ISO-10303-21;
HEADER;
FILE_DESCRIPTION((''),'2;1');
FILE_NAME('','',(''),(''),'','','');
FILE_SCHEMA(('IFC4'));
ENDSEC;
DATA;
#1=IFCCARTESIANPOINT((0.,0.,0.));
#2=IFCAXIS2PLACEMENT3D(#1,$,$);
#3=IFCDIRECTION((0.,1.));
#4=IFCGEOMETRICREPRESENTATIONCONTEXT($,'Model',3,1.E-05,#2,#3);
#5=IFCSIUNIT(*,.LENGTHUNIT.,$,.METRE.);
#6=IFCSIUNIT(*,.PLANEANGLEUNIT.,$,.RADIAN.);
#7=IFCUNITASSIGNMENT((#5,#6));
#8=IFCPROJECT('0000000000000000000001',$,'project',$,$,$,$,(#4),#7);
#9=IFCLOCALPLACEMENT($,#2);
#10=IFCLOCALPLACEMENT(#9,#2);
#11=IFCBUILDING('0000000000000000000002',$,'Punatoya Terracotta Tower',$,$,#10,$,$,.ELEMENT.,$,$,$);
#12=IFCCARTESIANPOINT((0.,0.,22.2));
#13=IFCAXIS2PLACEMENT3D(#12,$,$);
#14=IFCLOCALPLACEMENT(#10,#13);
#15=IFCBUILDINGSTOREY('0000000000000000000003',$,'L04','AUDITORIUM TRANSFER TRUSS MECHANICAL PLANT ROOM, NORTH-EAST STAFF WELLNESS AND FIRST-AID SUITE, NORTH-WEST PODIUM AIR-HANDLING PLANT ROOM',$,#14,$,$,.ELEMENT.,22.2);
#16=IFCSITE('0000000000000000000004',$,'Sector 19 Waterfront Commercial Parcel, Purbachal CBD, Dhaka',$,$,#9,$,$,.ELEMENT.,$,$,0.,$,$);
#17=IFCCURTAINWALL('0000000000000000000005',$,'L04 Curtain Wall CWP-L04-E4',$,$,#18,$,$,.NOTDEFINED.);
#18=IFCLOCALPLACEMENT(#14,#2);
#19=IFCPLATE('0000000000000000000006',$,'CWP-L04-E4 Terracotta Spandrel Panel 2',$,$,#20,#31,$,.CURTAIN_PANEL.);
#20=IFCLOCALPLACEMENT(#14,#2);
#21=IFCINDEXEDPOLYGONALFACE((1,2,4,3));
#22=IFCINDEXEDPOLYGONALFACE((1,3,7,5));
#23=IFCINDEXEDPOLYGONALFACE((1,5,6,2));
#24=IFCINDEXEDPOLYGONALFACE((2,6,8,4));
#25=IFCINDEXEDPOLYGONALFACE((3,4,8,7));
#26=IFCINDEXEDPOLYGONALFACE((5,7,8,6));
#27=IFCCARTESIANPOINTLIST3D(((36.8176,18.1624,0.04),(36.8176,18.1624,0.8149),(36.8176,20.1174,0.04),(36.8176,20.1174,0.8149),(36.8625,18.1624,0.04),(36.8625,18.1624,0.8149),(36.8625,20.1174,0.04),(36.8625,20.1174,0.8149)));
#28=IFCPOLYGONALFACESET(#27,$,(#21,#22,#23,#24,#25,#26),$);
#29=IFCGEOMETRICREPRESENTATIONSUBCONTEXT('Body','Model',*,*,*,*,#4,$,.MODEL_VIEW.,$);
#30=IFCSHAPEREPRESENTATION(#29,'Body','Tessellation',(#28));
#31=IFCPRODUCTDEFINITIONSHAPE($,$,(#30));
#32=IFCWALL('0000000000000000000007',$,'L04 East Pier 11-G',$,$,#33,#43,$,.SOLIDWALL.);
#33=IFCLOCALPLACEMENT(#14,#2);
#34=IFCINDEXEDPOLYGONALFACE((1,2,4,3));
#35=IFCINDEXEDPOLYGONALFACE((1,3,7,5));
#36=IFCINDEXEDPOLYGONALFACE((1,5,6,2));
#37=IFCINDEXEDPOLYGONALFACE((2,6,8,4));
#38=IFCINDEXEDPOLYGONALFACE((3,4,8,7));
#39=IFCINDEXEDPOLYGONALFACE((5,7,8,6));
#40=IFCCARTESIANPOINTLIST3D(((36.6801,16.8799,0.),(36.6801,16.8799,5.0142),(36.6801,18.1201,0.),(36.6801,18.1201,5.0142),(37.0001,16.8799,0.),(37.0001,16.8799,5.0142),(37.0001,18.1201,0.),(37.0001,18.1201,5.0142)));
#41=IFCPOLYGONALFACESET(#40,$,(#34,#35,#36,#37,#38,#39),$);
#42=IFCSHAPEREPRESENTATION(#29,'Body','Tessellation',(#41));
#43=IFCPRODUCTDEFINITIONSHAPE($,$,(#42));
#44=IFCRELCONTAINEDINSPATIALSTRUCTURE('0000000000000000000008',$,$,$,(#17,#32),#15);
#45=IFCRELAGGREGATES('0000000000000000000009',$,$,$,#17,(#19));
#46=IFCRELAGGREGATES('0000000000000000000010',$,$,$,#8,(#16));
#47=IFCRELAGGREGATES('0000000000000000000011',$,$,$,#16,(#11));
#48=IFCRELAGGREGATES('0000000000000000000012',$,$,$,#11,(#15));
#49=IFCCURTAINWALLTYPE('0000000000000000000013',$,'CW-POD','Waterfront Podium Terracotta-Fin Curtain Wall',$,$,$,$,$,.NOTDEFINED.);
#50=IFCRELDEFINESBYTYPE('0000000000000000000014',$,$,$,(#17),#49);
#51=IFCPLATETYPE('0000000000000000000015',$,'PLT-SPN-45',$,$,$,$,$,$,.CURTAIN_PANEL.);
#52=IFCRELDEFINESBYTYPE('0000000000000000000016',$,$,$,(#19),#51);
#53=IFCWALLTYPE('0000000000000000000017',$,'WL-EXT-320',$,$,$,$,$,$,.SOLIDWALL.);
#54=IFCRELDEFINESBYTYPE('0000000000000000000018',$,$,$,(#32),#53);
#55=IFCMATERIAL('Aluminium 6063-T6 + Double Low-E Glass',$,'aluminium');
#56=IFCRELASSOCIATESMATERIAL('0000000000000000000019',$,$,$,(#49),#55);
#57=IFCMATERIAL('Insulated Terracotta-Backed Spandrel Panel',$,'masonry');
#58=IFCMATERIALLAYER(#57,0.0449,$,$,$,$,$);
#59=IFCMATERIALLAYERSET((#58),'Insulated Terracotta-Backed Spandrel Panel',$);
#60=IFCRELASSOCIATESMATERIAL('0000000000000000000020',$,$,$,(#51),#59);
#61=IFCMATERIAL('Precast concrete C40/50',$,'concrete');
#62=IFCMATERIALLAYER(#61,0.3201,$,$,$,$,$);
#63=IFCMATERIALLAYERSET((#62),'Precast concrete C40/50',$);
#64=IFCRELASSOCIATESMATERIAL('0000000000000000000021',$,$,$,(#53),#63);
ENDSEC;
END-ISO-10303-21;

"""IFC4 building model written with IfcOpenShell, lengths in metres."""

from ifc_helpers import new_model, si_unit, direction, frame, frame_2d, origin, origin_2d, place, context, subcontext, project, spatial, rectangle, extrude, material, layer, layer_set, type_object, element, aggregate, save


model = new_model("IFC4")

# Units and contexts
model_context = context("Model", 3, precision=1e-05, world=origin(), true_north=direction((0.0, 1.0)))
body_context = subcontext(model_context, "Body", "Model", "MODEL_VIEW")
ifc_project = project(units=[si_unit("LENGTHUNIT", "METRE"), si_unit("PLANEANGLEUNIT", "RADIAN")], contexts=[model_context])

# Site, building, storey
site_placement = place(None, origin())
site = spatial("IfcSite", under=ifc_project, at=site_placement, Name="Sector 19 Waterfront Commercial Parcel, Purbachal CBD, Dhaka", CompositionType="ELEMENT", RefElevation=0.0)
building_placement = place(site_placement, origin())
building = spatial("IfcBuilding", under=site, at=building_placement, Name="Punatoya Terracotta Tower", CompositionType="ELEMENT")
storey_placement = place(building_placement, frame((0.0, 0.0, 22.2)))
storey = spatial("IfcBuildingStorey", under=building, at=storey_placement, Name="L04", Description="AUDITORIUM TRANSFER TRUSS MECHANICAL PLANT ROOM, NORTH-EAST STAFF WELLNESS AND FIRST-AID SUITE, NORTH-WEST PODIUM AIR-HANDLING PLANT ROOM", CompositionType="ELEMENT", Elevation=22.2)

# Shared definitions
ifc_material_1 = material(Name="Aluminium 6063-T6 + Double Low-E Glass", Category="aluminium")
curtain_wall_type = type_object("IfcCurtainWallType", Name="CW-POD", Description="Waterfront Podium Terracotta-Fin Curtain Wall", PredefinedType="NOTDEFINED", material=ifc_material_1)

# Curtain wall
curtain_wall_1_placement = place(storey_placement, origin())
curtain_wall_1 = element("IfcCurtainWall", 1, at=curtain_wall_1_placement, inside=storey, type_object=curtain_wall_type, Name="L04 Curtain Wall CWP-L04-E4", PredefinedType="NOTDEFINED")

# Plate
ifc_material_2 = material(Name="Insulated Terracotta-Backed Spandrel Panel", Category="masonry")
ifc_layer_1 = layer(ifc_material_2, 0.0449)
ifc_layer_set_1 = layer_set([ifc_layer_1], Name="Insulated Terracotta-Backed Spandrel Panel")
plate_type_1 = type_object("IfcPlateType", Name="PLT-SPN-45", PredefinedType="CURTAIN_PANEL", material=ifc_layer_set_1)
plate_1_placement = place(storey_placement, frame((36.8401, 19.1399, 0.04), z_axis=(0.0, 0.0, 1.0), x_axis=(0.0, -1.0, 0.0)))
plate_1 = element("IfcPlate", 2, at=plate_1_placement, type_object=plate_type_1, Name="CWP-L04-E4 Terracotta Spandrel Panel 2", PredefinedType="CURTAIN_PANEL", context=body_context, shape_type="SweptSolid", body=[
    extrude(rectangle(XDim=1.9551, YDim=0.0449, at=origin_2d()), origin(), (0.0, 0.0, 1.0), 0.7749),
])
aggregate(curtain_wall_1, [plate_1])

# Wall
ifc_material_3 = material(Name="Precast concrete C40/50", Category="concrete")
ifc_layer_2 = layer(ifc_material_3, 0.3201)
ifc_layer_set_2 = layer_set([ifc_layer_2], Name="Precast concrete C40/50")
wall_type = type_object("IfcWallType", Name="WL-EXT-320", PredefinedType="SOLIDWALL", material=ifc_layer_set_2)
wall_placement = place(storey_placement, frame((36.8401, 18.1201, 0.0), z_axis=(0.0, 0.0, 1.0), x_axis=(0.0, -1.0, 0.0)))
element("IfcWall", 3, at=wall_placement, inside=storey, type_object=wall_type, Name="L04 East Pier 11-G", PredefinedType="SOLIDWALL", context=body_context, shape_type="SweptSolid", body=[
    extrude(rectangle(XDim=1.2402, YDim=0.3201, at=frame_2d((0.6201, 0.0))), origin(), (0.0, 0.0, 1.0), 5.0142),
])

save(model, "model.ifc")
